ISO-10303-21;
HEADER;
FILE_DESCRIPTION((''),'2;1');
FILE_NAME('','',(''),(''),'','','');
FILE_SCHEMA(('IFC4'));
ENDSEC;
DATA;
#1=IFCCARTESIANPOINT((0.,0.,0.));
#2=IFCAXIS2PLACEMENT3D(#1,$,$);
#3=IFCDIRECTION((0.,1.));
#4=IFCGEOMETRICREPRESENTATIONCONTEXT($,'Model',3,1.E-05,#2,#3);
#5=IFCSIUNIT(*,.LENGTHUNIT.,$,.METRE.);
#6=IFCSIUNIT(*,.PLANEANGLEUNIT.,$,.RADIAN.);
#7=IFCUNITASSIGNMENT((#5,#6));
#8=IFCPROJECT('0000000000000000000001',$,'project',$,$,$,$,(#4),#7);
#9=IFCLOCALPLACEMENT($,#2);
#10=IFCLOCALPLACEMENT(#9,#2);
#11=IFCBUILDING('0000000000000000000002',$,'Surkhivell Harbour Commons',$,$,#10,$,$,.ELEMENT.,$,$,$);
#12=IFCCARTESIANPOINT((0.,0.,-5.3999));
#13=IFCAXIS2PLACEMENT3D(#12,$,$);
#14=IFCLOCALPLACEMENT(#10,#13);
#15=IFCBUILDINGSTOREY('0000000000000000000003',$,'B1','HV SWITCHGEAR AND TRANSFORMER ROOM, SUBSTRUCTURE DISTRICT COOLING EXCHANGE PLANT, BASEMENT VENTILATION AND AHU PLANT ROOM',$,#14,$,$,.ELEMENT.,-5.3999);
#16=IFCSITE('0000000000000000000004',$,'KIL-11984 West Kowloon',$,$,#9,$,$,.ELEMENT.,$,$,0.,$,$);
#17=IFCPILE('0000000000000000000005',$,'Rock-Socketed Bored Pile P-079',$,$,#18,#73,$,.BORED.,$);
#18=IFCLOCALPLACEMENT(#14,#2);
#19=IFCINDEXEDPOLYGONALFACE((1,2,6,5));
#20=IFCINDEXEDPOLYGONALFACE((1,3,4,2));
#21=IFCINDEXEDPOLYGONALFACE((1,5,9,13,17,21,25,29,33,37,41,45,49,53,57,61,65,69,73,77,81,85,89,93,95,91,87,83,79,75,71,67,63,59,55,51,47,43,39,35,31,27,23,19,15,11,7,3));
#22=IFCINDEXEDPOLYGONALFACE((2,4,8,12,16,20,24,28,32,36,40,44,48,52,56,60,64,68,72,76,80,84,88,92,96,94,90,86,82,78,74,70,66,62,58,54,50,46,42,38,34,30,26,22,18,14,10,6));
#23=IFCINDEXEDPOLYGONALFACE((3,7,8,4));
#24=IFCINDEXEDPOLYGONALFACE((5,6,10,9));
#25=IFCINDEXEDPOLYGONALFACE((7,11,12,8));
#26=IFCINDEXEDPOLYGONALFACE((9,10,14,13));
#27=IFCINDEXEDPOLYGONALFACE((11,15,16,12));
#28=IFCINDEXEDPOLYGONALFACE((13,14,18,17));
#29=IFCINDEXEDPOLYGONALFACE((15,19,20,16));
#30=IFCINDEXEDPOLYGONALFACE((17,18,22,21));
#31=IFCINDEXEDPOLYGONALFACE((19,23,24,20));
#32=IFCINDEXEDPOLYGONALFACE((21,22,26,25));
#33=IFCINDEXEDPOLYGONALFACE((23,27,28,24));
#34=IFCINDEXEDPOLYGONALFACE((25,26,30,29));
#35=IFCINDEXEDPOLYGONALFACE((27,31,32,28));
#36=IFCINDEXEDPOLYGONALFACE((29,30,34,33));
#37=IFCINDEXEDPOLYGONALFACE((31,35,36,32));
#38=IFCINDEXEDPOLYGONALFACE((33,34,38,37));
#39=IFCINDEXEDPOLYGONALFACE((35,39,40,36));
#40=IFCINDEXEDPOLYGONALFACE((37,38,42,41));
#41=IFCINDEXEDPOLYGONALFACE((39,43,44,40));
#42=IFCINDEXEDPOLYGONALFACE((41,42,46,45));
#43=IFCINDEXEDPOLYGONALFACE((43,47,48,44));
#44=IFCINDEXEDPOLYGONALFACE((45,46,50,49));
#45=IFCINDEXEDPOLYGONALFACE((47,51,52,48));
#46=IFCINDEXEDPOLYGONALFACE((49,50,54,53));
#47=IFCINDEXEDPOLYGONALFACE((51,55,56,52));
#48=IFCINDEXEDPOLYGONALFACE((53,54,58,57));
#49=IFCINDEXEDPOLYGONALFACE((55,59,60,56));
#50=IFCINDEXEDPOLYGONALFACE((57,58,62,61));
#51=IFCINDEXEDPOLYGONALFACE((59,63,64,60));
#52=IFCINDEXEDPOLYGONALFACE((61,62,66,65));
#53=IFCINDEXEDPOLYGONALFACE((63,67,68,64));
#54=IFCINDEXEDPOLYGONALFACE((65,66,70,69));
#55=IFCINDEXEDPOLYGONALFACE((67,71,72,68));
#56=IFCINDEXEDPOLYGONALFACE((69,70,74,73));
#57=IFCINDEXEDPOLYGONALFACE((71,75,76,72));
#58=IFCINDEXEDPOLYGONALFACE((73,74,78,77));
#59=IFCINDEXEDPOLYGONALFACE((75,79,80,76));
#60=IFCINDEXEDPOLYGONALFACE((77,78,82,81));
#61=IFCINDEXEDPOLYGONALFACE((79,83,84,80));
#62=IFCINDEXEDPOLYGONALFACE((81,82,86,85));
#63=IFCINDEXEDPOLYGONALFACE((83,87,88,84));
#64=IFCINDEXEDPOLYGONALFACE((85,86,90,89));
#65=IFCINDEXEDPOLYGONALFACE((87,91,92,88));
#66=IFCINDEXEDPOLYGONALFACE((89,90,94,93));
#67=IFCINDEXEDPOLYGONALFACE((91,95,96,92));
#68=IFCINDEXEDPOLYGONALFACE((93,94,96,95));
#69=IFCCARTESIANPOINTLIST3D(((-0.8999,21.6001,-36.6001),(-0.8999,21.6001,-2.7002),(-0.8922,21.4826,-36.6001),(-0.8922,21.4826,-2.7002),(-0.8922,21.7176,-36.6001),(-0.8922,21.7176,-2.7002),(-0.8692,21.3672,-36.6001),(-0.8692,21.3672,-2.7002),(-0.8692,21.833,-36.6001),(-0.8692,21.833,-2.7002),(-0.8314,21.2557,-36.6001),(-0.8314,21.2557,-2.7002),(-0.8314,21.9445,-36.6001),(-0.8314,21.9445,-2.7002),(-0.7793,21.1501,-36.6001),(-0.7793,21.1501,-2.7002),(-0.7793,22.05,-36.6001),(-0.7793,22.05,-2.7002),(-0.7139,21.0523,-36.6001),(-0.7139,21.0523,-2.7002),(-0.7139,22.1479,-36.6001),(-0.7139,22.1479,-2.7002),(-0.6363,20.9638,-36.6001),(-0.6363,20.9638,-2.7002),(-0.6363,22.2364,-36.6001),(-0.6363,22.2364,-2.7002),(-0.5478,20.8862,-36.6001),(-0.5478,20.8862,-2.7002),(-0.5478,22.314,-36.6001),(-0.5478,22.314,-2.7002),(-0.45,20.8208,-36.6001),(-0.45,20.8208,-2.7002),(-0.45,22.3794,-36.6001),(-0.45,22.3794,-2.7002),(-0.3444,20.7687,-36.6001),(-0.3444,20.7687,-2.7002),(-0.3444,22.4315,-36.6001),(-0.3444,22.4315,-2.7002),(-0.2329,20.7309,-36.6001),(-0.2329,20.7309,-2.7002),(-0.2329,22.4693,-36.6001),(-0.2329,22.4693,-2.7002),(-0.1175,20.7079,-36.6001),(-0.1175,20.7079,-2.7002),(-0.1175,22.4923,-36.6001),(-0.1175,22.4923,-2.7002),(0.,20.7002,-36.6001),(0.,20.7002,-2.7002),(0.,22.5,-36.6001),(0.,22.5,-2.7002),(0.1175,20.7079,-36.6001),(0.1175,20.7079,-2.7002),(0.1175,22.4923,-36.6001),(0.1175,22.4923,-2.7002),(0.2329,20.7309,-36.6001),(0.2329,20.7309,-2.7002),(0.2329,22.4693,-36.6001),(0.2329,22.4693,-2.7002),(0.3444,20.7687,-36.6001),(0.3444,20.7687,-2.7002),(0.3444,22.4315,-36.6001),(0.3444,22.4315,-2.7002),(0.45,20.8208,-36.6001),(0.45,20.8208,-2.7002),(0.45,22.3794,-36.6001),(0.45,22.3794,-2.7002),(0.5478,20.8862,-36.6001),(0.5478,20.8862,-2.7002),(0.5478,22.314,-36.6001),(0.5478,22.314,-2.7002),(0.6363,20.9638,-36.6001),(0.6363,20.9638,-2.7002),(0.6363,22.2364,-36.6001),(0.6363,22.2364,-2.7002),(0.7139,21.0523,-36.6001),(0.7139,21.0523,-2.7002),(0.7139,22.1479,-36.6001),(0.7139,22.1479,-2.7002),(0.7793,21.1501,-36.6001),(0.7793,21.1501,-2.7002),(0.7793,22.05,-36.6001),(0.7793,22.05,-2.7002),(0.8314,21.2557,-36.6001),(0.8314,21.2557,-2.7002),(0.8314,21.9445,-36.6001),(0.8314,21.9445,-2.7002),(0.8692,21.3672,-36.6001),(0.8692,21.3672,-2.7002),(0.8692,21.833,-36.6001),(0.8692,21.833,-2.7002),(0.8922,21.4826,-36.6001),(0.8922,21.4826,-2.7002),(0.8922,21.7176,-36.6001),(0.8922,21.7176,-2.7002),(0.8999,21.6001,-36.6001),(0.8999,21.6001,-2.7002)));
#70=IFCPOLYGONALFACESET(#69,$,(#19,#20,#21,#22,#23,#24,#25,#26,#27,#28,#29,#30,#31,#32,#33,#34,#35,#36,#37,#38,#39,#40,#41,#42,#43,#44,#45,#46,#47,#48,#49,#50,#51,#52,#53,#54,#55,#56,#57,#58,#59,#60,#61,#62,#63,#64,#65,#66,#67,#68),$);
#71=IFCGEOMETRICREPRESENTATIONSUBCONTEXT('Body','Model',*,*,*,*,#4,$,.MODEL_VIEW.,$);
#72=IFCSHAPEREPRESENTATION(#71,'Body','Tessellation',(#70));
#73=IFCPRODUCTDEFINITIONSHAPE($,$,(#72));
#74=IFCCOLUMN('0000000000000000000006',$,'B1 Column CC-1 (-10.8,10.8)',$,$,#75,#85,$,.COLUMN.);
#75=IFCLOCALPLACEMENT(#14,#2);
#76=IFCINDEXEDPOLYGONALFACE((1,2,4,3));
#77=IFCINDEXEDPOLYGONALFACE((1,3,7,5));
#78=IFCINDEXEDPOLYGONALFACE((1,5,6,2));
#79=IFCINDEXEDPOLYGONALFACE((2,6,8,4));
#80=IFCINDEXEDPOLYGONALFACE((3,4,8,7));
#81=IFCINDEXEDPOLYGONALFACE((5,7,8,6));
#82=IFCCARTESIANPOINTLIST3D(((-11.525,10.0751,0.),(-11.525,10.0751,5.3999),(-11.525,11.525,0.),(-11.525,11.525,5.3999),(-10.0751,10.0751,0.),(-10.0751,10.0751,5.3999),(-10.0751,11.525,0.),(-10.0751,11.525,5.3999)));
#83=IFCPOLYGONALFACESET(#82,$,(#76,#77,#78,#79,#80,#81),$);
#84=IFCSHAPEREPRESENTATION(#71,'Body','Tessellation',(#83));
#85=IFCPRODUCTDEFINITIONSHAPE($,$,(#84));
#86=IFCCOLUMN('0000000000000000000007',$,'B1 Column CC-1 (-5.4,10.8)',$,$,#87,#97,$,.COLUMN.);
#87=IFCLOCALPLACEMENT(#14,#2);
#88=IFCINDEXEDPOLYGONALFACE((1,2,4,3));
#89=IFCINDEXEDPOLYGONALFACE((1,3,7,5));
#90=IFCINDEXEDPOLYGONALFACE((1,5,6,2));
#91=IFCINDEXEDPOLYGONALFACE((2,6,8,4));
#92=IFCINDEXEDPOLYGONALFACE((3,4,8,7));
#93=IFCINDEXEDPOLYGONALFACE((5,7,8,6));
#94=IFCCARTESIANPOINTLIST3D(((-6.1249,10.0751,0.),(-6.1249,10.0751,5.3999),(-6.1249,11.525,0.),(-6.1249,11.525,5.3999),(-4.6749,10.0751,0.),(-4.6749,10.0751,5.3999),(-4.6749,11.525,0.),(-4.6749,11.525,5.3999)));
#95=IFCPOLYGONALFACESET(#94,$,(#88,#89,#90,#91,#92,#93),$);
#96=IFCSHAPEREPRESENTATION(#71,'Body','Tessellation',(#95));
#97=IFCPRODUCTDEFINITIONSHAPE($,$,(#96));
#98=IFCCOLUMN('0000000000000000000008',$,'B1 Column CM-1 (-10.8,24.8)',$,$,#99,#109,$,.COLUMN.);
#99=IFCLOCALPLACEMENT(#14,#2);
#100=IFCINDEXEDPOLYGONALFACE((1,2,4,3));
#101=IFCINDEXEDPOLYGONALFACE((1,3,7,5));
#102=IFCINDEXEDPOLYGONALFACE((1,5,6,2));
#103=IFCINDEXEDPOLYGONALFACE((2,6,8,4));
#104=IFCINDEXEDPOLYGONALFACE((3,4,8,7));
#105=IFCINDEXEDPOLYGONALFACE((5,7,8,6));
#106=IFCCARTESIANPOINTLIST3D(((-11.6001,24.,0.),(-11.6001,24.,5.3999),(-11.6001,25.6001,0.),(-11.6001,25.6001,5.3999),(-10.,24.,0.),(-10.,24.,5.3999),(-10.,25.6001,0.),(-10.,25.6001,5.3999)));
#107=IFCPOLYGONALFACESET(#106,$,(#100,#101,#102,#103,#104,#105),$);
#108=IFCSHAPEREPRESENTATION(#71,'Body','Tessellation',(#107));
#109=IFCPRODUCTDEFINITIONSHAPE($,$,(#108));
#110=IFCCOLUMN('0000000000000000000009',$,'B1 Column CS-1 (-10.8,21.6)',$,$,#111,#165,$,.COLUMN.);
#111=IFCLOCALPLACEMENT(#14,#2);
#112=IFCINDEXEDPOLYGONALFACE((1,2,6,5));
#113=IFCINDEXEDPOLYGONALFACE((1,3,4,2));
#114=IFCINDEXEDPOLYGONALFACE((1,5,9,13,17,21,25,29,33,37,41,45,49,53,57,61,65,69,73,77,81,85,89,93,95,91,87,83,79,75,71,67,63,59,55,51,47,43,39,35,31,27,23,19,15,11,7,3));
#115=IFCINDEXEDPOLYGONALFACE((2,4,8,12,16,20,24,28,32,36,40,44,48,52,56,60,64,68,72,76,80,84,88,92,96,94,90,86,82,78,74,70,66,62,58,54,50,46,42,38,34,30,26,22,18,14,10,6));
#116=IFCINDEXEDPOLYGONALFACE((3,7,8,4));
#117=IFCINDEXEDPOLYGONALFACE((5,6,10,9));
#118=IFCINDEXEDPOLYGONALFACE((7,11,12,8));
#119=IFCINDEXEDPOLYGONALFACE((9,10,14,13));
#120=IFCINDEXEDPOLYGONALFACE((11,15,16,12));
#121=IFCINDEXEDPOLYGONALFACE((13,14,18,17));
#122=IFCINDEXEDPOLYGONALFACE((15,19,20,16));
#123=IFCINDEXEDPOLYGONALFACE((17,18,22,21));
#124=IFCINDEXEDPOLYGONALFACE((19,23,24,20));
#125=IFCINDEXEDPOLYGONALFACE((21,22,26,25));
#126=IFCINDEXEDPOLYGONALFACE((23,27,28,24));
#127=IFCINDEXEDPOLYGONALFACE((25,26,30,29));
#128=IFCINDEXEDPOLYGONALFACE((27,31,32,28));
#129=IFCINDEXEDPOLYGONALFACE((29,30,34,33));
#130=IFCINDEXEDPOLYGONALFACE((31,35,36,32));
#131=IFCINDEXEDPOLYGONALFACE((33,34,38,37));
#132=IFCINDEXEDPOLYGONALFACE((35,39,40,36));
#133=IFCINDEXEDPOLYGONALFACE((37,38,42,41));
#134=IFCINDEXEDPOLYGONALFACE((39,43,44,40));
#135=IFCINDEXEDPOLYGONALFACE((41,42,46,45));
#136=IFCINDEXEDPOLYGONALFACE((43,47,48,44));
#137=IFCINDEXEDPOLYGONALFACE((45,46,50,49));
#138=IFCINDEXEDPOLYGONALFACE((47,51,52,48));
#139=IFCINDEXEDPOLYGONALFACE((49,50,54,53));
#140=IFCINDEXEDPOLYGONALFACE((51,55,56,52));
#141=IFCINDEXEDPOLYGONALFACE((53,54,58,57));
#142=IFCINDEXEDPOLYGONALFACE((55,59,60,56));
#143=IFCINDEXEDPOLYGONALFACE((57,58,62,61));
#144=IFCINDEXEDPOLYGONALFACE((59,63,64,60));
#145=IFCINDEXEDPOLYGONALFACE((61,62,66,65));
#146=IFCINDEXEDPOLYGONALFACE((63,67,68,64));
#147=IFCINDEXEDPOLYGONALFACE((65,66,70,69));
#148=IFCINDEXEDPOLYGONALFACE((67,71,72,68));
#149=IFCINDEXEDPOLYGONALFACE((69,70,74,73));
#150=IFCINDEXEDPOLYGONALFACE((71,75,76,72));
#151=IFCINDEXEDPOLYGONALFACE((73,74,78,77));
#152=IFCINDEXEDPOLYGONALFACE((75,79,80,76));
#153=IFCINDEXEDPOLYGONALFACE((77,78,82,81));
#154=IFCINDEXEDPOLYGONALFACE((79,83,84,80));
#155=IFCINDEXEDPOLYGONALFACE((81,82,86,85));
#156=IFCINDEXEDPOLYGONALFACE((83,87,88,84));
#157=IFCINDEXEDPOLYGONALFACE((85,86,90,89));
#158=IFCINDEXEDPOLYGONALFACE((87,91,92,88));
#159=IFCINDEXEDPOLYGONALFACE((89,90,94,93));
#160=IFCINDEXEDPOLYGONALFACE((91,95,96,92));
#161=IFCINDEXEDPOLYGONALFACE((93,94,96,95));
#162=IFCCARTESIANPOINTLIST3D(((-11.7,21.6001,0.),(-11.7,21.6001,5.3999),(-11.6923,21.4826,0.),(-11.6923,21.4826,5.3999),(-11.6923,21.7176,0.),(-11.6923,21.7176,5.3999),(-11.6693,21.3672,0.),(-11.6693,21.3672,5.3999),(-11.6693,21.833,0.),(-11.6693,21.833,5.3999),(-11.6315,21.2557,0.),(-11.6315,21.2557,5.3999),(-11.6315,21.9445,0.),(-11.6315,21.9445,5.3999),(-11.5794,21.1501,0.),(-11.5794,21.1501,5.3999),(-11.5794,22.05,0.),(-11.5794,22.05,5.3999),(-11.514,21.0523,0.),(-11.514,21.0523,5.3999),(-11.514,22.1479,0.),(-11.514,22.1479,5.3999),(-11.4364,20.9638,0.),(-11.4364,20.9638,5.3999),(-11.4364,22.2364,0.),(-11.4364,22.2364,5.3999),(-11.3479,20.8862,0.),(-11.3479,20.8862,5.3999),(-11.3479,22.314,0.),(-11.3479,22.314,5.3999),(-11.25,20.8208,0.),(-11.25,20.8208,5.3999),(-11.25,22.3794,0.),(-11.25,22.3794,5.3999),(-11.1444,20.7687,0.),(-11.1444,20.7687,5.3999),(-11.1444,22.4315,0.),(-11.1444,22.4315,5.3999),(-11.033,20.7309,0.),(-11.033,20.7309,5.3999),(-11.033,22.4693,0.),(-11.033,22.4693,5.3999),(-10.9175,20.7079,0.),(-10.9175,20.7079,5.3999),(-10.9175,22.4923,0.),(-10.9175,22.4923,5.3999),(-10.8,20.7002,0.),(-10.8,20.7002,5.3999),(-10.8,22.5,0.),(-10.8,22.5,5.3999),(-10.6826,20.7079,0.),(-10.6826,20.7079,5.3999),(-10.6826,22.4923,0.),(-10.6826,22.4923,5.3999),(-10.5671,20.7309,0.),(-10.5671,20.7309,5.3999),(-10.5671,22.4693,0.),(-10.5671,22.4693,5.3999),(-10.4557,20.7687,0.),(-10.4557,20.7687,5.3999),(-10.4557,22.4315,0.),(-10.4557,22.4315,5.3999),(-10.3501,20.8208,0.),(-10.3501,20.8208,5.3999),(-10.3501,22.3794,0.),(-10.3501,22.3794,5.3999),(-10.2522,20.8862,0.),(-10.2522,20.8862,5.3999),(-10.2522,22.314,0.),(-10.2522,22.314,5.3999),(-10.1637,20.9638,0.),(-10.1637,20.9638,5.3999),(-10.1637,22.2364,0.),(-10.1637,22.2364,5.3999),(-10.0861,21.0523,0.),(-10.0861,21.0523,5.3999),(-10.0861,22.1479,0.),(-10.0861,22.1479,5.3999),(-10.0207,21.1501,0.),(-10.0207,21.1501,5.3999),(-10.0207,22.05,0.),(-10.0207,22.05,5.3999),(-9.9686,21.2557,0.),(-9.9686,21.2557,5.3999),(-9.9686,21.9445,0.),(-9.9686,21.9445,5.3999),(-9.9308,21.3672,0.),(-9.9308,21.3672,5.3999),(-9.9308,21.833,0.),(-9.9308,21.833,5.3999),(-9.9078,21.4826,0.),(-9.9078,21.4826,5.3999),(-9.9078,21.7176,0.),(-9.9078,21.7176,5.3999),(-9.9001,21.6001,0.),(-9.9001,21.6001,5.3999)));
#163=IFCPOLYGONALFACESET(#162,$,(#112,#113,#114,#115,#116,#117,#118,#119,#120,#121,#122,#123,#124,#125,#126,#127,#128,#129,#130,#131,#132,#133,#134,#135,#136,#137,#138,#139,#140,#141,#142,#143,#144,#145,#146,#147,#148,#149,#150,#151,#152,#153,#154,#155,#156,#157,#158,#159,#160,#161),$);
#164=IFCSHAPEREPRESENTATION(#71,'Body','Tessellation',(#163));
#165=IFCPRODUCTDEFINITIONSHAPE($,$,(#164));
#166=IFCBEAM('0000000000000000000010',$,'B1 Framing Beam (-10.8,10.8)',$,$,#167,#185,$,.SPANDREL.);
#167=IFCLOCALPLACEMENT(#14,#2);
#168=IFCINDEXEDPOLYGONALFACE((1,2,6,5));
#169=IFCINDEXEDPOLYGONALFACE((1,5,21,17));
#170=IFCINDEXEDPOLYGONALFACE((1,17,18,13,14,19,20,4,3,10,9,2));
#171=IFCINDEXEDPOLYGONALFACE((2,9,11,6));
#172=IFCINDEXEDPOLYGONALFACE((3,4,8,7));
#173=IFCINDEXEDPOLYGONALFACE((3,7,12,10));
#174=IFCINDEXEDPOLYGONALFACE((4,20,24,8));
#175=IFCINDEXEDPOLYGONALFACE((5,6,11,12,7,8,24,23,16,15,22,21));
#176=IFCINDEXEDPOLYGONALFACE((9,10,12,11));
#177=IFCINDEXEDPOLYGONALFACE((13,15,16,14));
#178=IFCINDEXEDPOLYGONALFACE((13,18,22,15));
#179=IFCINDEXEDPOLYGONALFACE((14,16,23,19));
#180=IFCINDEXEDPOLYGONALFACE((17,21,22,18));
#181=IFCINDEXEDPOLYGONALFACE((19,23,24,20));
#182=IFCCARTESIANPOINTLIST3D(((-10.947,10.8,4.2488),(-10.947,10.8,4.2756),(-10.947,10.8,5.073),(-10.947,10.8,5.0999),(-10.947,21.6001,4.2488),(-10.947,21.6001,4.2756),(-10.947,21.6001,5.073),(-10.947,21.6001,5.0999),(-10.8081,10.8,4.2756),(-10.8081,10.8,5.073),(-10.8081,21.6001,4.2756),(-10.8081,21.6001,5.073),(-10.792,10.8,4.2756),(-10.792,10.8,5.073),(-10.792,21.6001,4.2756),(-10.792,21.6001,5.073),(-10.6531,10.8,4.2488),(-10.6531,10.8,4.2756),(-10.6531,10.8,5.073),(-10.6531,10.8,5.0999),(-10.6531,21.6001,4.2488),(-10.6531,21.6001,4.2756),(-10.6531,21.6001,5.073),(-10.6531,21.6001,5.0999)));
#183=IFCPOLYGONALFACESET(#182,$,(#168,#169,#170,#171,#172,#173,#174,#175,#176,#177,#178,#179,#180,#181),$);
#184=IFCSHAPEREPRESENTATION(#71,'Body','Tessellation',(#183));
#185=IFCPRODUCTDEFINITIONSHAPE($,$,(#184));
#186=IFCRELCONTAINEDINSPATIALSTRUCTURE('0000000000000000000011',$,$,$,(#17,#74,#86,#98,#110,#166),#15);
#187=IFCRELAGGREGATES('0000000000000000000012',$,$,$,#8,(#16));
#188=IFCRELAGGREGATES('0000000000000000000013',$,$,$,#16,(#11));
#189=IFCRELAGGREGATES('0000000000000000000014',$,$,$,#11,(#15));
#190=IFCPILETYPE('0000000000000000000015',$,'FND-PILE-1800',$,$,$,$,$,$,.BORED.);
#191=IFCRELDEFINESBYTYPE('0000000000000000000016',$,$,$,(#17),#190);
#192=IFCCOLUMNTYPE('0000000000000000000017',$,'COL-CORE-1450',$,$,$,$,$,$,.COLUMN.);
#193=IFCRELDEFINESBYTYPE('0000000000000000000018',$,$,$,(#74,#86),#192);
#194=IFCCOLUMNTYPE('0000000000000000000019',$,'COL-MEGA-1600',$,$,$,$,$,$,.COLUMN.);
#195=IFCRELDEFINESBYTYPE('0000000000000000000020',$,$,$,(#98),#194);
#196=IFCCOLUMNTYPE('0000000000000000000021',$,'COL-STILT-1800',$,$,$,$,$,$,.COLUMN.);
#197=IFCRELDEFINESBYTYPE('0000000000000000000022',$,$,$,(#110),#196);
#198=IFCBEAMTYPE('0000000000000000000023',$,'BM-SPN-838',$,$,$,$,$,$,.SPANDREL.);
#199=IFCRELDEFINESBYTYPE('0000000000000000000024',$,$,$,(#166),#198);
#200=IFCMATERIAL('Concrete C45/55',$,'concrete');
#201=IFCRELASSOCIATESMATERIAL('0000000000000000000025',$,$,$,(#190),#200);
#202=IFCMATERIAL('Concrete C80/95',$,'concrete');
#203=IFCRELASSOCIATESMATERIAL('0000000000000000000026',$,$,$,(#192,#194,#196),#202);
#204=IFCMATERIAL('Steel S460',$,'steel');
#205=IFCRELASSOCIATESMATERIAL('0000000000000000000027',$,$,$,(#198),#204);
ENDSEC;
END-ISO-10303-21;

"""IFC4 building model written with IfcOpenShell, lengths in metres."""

from ifc_helpers import new_model, si_unit, direction, frame, origin, origin_2d, place, context, subcontext, project, spatial, rectangle, circle, i_section, extrude, material, material_profile, profile_set, type_object, element, save


model = new_model("IFC4")

# Units and contexts
model_context = context("Model", 3, precision=1e-05, world=origin(), true_north=direction((0.0, 1.0)))
body_context = subcontext(model_context, "Body", "Model", "MODEL_VIEW")
ifc_project = project(units=[si_unit("LENGTHUNIT", "METRE"), si_unit("PLANEANGLEUNIT", "RADIAN")], contexts=[model_context])

# Site, building, storey
site_placement = place(None, origin())
site = spatial("IfcSite", under=ifc_project, at=site_placement, Name="KIL-11984 West Kowloon", CompositionType="ELEMENT", RefElevation=0.0)
building_placement = place(site_placement, origin())
building = spatial("IfcBuilding", under=site, at=building_placement, Name="Surkhivell Harbour Commons", CompositionType="ELEMENT")
storey_placement = place(building_placement, frame((0.0, 0.0, -5.3999)))
storey = spatial("IfcBuildingStorey", under=building, at=storey_placement, Name="B1", Description="HV SWITCHGEAR AND TRANSFORMER ROOM, SUBSTRUCTURE DISTRICT COOLING EXCHANGE PLANT, BASEMENT VENTILATION AND AHU PLANT ROOM", CompositionType="ELEMENT", Elevation=-5.3999)

# Pile
ifc_material_1 = material(Name="Concrete C45/55", Category="concrete")
ifc_material_profile_1 = material_profile(ifc_material_1, circle(Radius=0.8999, at=origin_2d()), Name="PILE-1800")
ifc_profile_set_1 = profile_set([ifc_material_profile_1], Name="Concrete C45/55")
pile_type_1 = type_object("IfcPileType", Name="FND-PILE-1800", PredefinedType="BORED", material=ifc_profile_set_1)
for number, where, z_axis, x_axis, name in (
    (1, (0.0, 21.6001, -2.7002), (0.0, 0.0, -1.0), (1.0, 0.0, 0.0), "Rock-Socketed Bored Pile P-079"),
):
    element("IfcPile", number, at=place(storey_placement, frame(where, z_axis=z_axis, x_axis=x_axis)), inside=storey, type_object=pile_type_1, Name=name, PredefinedType="BORED", context=body_context, shape_type="SweptSolid", body=[
        extrude(circle(Radius=0.8999, at=origin_2d()), origin(), (0.0, 0.0, 1.0), 33.8999),
    ])

# Columns
ifc_material_2 = material(Name="Concrete C80/95", Category="concrete")
ifc_material_profile_2 = material_profile(ifc_material_2, rectangle(XDim=1.45, YDim=1.45, at=origin_2d()), Name="RC-COL-1450x1450")
ifc_profile_set_2 = profile_set([ifc_material_profile_2], Name="Concrete C80/95")
column_type_1 = type_object("IfcColumnType", Name="COL-CORE-1450", PredefinedType="COLUMN", material=ifc_profile_set_2)
for number, where, z_axis, x_axis, name in (
    (2, (-10.8, 10.8, 0.0), (0.0, 0.0, 1.0), (1.0, 0.0, 0.0), "B1 Column CC-1 (-10.8,10.8)"),
    (3, (-5.3999, 10.8, 0.0), (0.0, 0.0, 1.0), (1.0, 0.0, 0.0), "B1 Column CC-1 (-5.4,10.8)"),
):
    element("IfcColumn", number, at=place(storey_placement, frame(where, z_axis=z_axis, x_axis=x_axis)), inside=storey, type_object=column_type_1, Name=name, PredefinedType="COLUMN", context=body_context, shape_type="SweptSolid", body=[
        extrude(rectangle(XDim=1.45, YDim=1.45, at=origin_2d()), origin(), (0.0, 0.0, 1.0), 5.3999),
    ])
ifc_material_profile_3 = material_profile(ifc_material_2, rectangle(XDim=1.6001, YDim=1.6001, at=origin_2d()), Name="RC-COL-1600x1600")
ifc_profile_set_3 = profile_set([ifc_material_profile_3], Name="Concrete C80/95")
column_type_2 = type_object("IfcColumnType", Name="COL-MEGA-1600", PredefinedType="COLUMN", material=ifc_profile_set_3)
column_1_placement = place(storey_placement, frame((-10.8, 24.8, 0.0), z_axis=(0.0, 0.0, 1.0), x_axis=(1.0, 0.0, 0.0)))
element("IfcColumn", 4, at=column_1_placement, inside=storey, type_object=column_type_2, Name="B1 Column CM-1 (-10.8,24.8)", PredefinedType="COLUMN", context=body_context, shape_type="SweptSolid", body=[
    extrude(rectangle(XDim=1.6001, YDim=1.6001, at=origin_2d()), origin(), (0.0, 0.0, 1.0), 5.3999),
])
ifc_material_profile_4 = material_profile(ifc_material_2, circle(Radius=0.8999, at=origin_2d()), Name="RC-CIRC-1800")
ifc_profile_set_4 = profile_set([ifc_material_profile_4], Name="Concrete C80/95")
column_type_3 = type_object("IfcColumnType", Name="COL-STILT-1800", PredefinedType="COLUMN", material=ifc_profile_set_4)
column_2_placement = place(storey_placement, frame((-10.8, 21.6001, 0.0), z_axis=(0.0, 0.0, 1.0), x_axis=(1.0, 0.0, 0.0)))
element("IfcColumn", 5, at=column_2_placement, inside=storey, type_object=column_type_3, Name="B1 Column CS-1 (-10.8,21.6)", PredefinedType="COLUMN", context=body_context, shape_type="SweptSolid", body=[
    extrude(circle(Radius=0.8999, at=origin_2d()), origin(), (0.0, 0.0, 1.0), 5.3999),
])

# Beam
ifc_material_3 = material(Name="Steel S460", Category="steel")
ifc_material_profile_5 = material_profile(ifc_material_3, i_section(OverallWidth=0.2939, OverallDepth=0.8511, WebThickness=0.0161, FlangeThickness=0.0269, at=origin_2d()), Name="UB838x292x226")
ifc_profile_set_5 = profile_set([ifc_material_profile_5], Name="Steel S460")
beam_type = type_object("IfcBeamType", Name="BM-SPN-838", PredefinedType="SPANDREL", material=ifc_profile_set_5)
beam_1_placement = place(storey_placement, frame((-10.8, 10.8, 4.6743), z_axis=(0.0, 1.0, 0.0), x_axis=(-1.0, 0.0, 0.0)))
element("IfcBeam", 6, at=beam_1_placement, inside=storey, type_object=beam_type, Name="B1 Framing Beam (-10.8,10.8)", PredefinedType="SPANDREL", context=body_context, shape_type="SweptSolid", body=[
    extrude(i_section(OverallWidth=0.2939, OverallDepth=0.8511, WebThickness=0.0161, FlangeThickness=0.0269, at=origin_2d()), origin(), (0.0, 0.0, 1.0), 10.8),
])

save(model, "model.ifc")
